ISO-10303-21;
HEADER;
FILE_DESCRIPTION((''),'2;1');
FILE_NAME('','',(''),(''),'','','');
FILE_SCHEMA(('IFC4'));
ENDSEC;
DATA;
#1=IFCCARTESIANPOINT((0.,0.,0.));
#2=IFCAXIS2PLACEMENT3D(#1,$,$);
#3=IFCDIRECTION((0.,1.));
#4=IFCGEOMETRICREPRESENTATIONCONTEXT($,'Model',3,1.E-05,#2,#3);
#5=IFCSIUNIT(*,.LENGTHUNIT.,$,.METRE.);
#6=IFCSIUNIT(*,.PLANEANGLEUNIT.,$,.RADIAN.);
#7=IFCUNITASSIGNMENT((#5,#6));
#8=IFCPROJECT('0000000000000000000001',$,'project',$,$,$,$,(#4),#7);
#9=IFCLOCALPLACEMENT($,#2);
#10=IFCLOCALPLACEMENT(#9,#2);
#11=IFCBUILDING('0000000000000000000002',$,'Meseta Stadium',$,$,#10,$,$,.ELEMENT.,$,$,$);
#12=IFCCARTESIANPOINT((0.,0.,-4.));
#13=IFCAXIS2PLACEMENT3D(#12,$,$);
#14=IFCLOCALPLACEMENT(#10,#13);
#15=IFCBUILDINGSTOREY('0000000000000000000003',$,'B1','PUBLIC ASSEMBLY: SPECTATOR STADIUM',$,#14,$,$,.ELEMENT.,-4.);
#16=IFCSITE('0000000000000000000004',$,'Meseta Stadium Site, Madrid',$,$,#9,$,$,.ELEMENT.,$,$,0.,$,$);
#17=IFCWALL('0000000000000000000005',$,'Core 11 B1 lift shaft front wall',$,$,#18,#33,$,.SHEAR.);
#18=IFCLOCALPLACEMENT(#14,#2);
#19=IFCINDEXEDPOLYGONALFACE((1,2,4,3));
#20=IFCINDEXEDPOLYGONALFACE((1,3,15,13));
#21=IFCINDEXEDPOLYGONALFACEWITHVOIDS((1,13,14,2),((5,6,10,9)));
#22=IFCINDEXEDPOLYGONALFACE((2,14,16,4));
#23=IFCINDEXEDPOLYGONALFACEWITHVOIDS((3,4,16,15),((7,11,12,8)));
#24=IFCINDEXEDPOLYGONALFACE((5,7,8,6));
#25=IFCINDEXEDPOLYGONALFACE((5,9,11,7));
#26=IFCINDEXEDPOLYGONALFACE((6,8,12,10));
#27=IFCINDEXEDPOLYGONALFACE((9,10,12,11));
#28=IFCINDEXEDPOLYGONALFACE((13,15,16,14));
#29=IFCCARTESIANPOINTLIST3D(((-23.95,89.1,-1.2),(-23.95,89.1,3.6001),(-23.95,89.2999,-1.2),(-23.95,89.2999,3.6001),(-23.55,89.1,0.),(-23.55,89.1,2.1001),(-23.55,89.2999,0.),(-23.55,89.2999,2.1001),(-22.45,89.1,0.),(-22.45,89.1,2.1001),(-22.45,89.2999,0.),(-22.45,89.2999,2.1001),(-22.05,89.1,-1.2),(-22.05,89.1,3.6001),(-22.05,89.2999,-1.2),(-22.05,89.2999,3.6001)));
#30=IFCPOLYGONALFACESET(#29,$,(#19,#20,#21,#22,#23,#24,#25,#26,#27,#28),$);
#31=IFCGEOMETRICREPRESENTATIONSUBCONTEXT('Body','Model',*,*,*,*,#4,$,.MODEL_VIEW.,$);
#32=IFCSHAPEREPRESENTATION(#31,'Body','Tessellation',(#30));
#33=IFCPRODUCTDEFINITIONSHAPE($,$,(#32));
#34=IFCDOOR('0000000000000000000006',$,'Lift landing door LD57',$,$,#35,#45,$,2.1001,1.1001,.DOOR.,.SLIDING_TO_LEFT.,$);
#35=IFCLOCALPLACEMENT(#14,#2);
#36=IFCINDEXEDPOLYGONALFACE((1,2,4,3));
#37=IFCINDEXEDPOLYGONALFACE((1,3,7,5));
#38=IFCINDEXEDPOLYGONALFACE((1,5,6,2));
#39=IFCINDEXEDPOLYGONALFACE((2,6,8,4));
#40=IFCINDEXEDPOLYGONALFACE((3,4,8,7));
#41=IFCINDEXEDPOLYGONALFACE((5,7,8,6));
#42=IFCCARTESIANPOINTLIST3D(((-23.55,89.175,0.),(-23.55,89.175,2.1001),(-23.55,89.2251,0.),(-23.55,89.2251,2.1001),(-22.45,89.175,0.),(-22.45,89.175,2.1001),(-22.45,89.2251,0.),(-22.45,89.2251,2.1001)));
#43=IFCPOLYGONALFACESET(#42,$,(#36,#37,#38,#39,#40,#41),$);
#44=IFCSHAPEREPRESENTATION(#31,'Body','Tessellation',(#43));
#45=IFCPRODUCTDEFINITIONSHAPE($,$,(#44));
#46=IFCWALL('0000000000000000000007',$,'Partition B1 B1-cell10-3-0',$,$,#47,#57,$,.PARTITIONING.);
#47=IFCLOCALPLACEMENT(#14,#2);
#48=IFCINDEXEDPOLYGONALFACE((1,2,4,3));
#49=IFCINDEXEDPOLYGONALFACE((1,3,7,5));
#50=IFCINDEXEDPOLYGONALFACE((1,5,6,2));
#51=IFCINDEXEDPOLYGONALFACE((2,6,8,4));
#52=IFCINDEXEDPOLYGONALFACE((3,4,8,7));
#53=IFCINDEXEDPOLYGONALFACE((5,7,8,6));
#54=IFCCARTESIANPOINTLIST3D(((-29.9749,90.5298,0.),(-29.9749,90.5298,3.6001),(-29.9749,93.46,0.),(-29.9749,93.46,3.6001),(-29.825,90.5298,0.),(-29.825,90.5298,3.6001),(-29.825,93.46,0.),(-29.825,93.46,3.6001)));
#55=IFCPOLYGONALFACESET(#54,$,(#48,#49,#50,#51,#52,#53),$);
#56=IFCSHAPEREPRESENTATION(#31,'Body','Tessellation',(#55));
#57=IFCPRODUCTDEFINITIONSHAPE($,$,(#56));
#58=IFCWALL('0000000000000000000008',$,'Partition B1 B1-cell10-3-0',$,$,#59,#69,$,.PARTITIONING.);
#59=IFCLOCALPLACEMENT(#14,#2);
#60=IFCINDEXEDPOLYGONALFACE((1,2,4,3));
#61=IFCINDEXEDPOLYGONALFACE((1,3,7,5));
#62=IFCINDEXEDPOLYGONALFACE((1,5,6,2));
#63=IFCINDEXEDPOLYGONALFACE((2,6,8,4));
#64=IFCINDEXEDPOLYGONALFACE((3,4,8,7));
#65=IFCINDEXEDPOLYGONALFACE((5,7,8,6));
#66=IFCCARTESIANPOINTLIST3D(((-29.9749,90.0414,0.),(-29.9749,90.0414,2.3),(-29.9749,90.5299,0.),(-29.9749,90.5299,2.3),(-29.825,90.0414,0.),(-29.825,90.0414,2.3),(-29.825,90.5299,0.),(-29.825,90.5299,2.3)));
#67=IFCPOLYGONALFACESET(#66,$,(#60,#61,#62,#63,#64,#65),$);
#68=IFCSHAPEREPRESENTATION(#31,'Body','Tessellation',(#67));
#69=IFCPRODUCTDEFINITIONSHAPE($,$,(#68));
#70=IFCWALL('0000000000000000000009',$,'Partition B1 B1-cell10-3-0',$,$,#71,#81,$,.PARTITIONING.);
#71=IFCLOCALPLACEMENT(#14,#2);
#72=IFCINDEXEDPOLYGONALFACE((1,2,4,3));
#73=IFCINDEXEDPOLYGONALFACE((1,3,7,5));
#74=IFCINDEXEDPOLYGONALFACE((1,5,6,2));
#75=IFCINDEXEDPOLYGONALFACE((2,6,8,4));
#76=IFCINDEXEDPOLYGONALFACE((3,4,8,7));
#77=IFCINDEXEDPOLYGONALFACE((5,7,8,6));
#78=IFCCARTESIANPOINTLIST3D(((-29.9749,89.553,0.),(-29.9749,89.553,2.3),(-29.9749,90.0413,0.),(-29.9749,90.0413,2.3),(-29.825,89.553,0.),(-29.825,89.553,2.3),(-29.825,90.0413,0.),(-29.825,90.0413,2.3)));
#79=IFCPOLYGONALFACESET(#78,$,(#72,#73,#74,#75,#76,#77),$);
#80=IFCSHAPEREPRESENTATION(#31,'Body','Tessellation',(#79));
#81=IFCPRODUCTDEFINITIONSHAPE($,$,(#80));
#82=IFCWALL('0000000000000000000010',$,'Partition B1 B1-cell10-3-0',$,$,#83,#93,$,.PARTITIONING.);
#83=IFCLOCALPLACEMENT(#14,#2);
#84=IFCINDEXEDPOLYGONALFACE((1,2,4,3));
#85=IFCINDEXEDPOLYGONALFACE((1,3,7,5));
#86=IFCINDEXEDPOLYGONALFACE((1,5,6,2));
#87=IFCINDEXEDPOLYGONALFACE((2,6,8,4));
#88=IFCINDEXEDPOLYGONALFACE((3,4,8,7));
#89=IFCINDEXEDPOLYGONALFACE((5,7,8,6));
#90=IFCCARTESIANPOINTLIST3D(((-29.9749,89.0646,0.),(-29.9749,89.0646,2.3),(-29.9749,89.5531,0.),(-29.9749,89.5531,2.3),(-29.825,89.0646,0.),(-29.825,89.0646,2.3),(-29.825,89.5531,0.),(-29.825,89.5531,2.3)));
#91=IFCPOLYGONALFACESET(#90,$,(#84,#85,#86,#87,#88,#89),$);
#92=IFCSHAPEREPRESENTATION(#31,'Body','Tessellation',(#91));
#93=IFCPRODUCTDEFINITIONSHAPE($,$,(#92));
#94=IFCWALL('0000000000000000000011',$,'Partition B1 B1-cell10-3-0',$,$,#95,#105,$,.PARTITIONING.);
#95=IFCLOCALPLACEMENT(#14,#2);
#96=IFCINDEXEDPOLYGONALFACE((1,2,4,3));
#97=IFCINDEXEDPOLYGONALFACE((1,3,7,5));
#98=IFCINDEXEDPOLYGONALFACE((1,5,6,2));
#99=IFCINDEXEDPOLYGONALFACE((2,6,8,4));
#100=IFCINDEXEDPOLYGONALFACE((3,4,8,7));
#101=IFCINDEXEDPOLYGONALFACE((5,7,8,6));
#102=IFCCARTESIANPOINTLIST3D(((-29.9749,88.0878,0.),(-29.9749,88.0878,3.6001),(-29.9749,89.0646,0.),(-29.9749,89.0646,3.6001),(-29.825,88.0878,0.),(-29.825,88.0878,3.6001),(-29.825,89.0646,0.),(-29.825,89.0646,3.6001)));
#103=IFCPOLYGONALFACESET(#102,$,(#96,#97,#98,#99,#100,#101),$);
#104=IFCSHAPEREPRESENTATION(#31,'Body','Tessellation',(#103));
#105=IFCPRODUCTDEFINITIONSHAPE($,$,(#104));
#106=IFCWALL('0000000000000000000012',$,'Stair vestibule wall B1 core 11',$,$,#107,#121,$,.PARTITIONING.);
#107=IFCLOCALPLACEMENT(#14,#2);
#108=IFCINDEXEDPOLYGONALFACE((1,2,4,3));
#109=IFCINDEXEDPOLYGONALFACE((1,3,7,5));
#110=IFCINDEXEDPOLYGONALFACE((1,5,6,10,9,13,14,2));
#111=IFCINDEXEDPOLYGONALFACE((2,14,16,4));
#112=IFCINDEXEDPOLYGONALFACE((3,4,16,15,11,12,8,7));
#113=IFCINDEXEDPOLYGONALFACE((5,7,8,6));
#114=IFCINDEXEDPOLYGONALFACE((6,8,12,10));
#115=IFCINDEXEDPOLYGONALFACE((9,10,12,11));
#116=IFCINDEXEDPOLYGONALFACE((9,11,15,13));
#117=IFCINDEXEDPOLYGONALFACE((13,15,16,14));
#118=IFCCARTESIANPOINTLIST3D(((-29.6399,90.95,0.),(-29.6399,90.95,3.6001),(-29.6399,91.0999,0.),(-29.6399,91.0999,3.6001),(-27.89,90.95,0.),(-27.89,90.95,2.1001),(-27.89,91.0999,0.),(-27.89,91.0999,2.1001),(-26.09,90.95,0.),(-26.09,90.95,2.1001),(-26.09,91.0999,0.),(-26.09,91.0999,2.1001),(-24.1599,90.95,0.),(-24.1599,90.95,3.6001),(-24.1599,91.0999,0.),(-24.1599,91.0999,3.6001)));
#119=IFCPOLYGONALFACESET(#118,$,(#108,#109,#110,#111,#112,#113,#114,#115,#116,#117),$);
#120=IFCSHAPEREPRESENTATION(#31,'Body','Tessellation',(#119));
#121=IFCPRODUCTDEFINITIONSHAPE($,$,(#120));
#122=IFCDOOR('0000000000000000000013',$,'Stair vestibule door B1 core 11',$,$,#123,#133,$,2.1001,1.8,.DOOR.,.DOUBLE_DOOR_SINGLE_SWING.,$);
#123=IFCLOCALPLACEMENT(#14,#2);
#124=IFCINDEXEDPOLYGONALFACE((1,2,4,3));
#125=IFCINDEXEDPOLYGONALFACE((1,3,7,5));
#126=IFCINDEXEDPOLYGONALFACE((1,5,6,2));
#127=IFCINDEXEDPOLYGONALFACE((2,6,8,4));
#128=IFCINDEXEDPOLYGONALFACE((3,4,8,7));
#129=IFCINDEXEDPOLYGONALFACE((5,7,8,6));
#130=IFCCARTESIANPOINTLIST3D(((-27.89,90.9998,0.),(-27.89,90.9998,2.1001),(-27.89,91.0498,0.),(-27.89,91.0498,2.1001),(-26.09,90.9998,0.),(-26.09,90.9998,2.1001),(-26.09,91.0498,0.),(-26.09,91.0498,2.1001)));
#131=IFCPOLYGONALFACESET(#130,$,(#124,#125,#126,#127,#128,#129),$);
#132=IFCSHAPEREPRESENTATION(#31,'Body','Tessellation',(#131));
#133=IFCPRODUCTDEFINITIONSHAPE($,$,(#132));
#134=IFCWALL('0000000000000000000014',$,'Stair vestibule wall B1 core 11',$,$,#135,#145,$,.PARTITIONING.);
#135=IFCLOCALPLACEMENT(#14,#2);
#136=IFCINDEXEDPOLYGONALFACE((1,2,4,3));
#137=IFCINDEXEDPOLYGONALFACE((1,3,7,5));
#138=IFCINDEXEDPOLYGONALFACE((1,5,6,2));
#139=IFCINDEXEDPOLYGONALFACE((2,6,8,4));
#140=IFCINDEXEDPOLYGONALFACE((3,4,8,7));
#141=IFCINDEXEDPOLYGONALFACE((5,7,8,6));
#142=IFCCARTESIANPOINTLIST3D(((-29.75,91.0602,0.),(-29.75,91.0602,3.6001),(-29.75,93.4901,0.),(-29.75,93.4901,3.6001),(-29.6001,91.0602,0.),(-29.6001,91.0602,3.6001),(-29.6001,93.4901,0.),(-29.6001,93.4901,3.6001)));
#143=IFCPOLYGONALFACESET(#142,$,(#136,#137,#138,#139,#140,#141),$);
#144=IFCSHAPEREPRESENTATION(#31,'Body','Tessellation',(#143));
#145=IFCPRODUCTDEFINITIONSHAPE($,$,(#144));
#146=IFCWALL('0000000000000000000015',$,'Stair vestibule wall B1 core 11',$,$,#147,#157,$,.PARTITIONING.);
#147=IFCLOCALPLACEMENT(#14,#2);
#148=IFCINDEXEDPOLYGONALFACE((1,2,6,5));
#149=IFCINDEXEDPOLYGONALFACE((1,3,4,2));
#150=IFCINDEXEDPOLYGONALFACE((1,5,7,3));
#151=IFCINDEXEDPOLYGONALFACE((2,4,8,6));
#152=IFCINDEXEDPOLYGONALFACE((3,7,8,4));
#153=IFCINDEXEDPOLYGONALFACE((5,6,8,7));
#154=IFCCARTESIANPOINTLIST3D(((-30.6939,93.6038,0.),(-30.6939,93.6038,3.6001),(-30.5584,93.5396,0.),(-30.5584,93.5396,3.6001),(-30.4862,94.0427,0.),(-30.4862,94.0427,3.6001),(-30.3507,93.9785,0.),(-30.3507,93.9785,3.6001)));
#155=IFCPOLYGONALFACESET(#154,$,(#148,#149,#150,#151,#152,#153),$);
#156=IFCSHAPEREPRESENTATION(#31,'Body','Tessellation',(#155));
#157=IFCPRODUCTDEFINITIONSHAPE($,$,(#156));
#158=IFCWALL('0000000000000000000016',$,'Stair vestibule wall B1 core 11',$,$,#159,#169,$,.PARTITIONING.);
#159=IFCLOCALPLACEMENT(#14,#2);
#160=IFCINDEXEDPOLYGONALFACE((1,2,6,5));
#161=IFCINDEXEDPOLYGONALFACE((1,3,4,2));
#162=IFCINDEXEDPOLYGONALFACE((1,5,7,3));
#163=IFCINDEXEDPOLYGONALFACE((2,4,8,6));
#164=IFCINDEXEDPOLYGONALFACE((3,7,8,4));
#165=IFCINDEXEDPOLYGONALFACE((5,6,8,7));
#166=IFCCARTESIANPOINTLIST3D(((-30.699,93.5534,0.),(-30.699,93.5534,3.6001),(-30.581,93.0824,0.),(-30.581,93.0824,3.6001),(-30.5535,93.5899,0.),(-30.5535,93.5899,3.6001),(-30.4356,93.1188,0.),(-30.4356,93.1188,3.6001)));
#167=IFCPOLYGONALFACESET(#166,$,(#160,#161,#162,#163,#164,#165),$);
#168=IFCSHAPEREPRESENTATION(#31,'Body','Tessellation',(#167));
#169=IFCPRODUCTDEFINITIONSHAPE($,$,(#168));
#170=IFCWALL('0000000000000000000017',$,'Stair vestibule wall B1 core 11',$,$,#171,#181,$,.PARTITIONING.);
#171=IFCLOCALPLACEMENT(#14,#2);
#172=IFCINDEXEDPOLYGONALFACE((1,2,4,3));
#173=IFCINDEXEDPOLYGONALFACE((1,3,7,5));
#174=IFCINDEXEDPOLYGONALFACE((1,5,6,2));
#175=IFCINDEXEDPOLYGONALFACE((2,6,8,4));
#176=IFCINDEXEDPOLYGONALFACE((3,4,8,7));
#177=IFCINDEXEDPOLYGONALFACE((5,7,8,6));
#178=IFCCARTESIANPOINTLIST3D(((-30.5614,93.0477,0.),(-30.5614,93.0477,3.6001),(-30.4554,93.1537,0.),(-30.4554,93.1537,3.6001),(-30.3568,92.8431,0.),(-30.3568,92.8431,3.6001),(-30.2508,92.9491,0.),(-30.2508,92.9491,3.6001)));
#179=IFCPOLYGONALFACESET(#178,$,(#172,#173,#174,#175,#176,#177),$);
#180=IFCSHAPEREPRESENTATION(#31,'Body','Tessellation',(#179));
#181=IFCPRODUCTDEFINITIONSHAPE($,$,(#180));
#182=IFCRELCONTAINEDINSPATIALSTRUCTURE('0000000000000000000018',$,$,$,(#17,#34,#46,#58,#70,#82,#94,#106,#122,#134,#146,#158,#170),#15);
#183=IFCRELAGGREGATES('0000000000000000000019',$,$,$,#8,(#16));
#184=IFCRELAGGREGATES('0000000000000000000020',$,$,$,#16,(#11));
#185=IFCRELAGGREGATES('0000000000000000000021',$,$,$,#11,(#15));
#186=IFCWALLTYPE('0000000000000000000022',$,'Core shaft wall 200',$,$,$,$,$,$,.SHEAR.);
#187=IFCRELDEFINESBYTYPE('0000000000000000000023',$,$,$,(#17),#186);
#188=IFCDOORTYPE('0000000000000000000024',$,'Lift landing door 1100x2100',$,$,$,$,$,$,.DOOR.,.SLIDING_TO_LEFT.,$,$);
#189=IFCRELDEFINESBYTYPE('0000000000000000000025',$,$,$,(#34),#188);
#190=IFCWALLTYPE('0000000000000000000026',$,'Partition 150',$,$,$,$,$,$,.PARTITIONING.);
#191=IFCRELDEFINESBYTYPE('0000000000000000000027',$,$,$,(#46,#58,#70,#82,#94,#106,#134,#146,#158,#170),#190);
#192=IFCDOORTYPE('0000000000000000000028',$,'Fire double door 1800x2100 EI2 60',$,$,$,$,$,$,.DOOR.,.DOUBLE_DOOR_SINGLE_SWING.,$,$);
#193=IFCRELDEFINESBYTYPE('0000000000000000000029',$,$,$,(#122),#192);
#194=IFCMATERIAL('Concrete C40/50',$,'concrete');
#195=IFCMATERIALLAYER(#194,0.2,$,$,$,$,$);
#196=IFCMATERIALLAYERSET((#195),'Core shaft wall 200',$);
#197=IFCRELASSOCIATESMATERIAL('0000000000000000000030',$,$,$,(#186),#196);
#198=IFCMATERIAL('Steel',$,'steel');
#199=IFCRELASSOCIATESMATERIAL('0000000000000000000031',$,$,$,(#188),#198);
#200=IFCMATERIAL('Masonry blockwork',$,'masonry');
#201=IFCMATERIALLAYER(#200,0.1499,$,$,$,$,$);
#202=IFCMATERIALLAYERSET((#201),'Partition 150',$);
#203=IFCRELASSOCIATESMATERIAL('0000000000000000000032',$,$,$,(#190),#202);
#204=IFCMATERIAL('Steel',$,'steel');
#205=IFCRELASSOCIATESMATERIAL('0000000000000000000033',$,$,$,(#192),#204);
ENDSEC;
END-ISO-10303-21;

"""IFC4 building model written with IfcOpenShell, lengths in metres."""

from ifc_helpers import new_model, si_unit, direction, frame, frame_2d, origin, place, context, subcontext, project, spatial, rectangle, extrude, material, layer, layer_set, type_object, element, fill, save


model = new_model("IFC4")

# Units and contexts
model_context = context("Model", 3, precision=1e-05, world=origin(), true_north=direction((0.0, 1.0)))
body_context = subcontext(model_context, "Body", "Model", "MODEL_VIEW")
ifc_project = project(units=[si_unit("LENGTHUNIT", "METRE"), si_unit("PLANEANGLEUNIT", "RADIAN")], contexts=[model_context])

# Site, building, storey
site_placement = place(None, origin())
site = spatial("IfcSite", under=ifc_project, at=site_placement, Name="Meseta Stadium Site, Madrid", CompositionType="ELEMENT", RefElevation=0.0)
building_placement = place(site_placement, origin())
building = spatial("IfcBuilding", under=site, at=building_placement, Name="Meseta Stadium", CompositionType="ELEMENT")
storey_placement = place(building_placement, frame((0.0, 0.0, -4.0)))
storey = spatial("IfcBuildingStorey", under=building, at=storey_placement, Name="B1", Description="PUBLIC ASSEMBLY: SPECTATOR STADIUM", CompositionType="ELEMENT", Elevation=-4.0)

# Shared definitions
ifc_material_1 = material(Name="Concrete C40/50", Category="concrete")
ifc_layer_1 = layer(ifc_material_1, 0.2)
ifc_layer_set_1 = layer_set([ifc_layer_1], Name="Core shaft wall 200")
wall_type_1 = type_object("IfcWallType", Name="Core shaft wall 200", PredefinedType="SHEAR", material=ifc_layer_set_1)

# Wall, opening, door
wall_1_placement = place(storey_placement, frame((-22.05, 89.2, -1.2), z_axis=(0.0, 0.0, 1.0), x_axis=(-1.0, 0.0, 0.0)))
wall_1 = element("IfcWall", 1, at=wall_1_placement, inside=storey, type_object=wall_type_1, Name="Core 11 B1 lift shaft front wall", PredefinedType="SHEAR", context=body_context, shape_type="SweptSolid", body=[
    extrude(rectangle(XDim=1.8999, YDim=0.2, at=frame_2d((0.95, 0.0))), origin(), (0.0, 0.0, 1.0), 4.8),
])
opening_1_placement = place(wall_1_placement, frame((0.3999, 0.0, 1.2)))
opening_1 = element("IfcOpeningElement", 2, at=opening_1_placement, cuts=wall_1, PredefinedType="OPENING", context=body_context, shape_type="SweptSolid", body=[
    extrude(rectangle(XDim=1.1001, YDim=2.1001, at=frame_2d((0.55, 1.05))), frame((0.0, 0.1099, 0.0), z_axis=(0.0, -1.0, 0.0), x_axis=(1.0, 0.0, 0.0)), (0.0, 0.0, 1.0), 0.22),
])
ifc_material_2 = material(Name="Steel", Category="steel")
door_type_1 = type_object("IfcDoorType", Name="Lift landing door 1100x2100", OperationType="SLIDING_TO_LEFT", PredefinedType="DOOR", material=ifc_material_2)
door_1_placement = place(opening_1_placement, origin())
door_1 = element("IfcDoor", 3, at=door_1_placement, inside=storey, type_object=door_type_1, Name="Lift landing door LD57", OperationType="SLIDING_TO_LEFT", OverallHeight=2.1001, OverallWidth=1.1001, PredefinedType="DOOR", context=body_context, shape_type="SweptSolid", body=[
    extrude(rectangle(XDim=1.1001, YDim=2.1001, at=frame_2d((0.55, 1.05))), frame((0.0, 0.0249, 0.0), z_axis=(0.0, -1.0, 0.0), x_axis=(1.0, 0.0, 0.0)), (0.0, 0.0, 1.0), 0.05),
])
fill(opening_1, door_1)

# Walls
ifc_material_3 = material(Name="Masonry blockwork", Category="masonry")
ifc_layer_2 = layer(ifc_material_3, 0.1499)
ifc_layer_set_2 = layer_set([ifc_layer_2], Name="Partition 150")
wall_type_2 = type_object("IfcWallType", Name="Partition 150", PredefinedType="PARTITIONING", material=ifc_layer_set_2)
wall_2_placement = place(storey_placement, frame((-29.8999, 93.46, 0.0), z_axis=(0.0, 0.0, 1.0), x_axis=(0.0, -1.0, 0.0)))
element("IfcWall", 4, at=wall_2_placement, inside=storey, type_object=wall_type_2, Name="Partition B1 B1-cell10-3-0", PredefinedType="PARTITIONING", context=body_context, shape_type="SweptSolid", body=[
    extrude(rectangle(XDim=2.9302, YDim=0.1499, at=frame_2d((1.4651, 0.0))), origin(), (0.0, 0.0, 1.0), 3.6001),
])
wall_3_placement = place(storey_placement, frame((-29.8999, 90.5298, 0.0), z_axis=(0.0, 0.0, 1.0), x_axis=(0.0, -1.0, 0.0)))
element("IfcWall", 5, at=wall_3_placement, inside=storey, type_object=wall_type_2, Name="Partition B1 B1-cell10-3-0", PredefinedType="PARTITIONING", context=body_context, shape_type="SweptSolid", body=[
    extrude(rectangle(XDim=0.4885, YDim=0.1499, at=frame_2d((0.2441, 0.0))), origin(), (0.0, 0.0, 1.0), 2.3),
])
wall_4_placement = place(storey_placement, frame((-29.8999, 90.0413, 0.0), z_axis=(0.0, 0.0, 1.0), x_axis=(0.0, -1.0, 0.0)))
element("IfcWall", 6, at=wall_4_placement, inside=storey, type_object=wall_type_2, Name="Partition B1 B1-cell10-3-0", PredefinedType="PARTITIONING", context=body_context, shape_type="SweptSolid", body=[
    extrude(rectangle(XDim=0.4883, YDim=0.1499, at=frame_2d((0.2441, 0.0))), origin(), (0.0, 0.0, 1.0), 2.3),
])
wall_5_placement = place(storey_placement, frame((-29.8999, 89.553, 0.0), z_axis=(0.0, 0.0, 1.0), x_axis=(0.0, -1.0, 0.0)))
element("IfcWall", 7, at=wall_5_placement, inside=storey, type_object=wall_type_2, Name="Partition B1 B1-cell10-3-0", PredefinedType="PARTITIONING", context=body_context, shape_type="SweptSolid", body=[
    extrude(rectangle(XDim=0.4885, YDim=0.1499, at=frame_2d((0.2441, 0.0))), origin(), (0.0, 0.0, 1.0), 2.3),
])
wall_6_placement = place(storey_placement, frame((-29.8999, 89.0645, 0.0), z_axis=(0.0, 0.0, 1.0), x_axis=(0.0, -1.0, 0.0)))
element("IfcWall", 8, at=wall_6_placement, inside=storey, type_object=wall_type_2, Name="Partition B1 B1-cell10-3-0", PredefinedType="PARTITIONING", context=body_context, shape_type="SweptSolid", body=[
    extrude(rectangle(XDim=0.9768, YDim=0.1499, at=frame_2d((0.4883, 0.0))), origin(), (0.0, 0.0, 1.0), 3.6001),
])

# Wall, opening, door
wall_7_placement = place(storey_placement, frame((-29.6399, 91.0249, 0.0), z_axis=(0.0, 0.0, 1.0), x_axis=(1.0, 0.0, 0.0)))
wall_7 = element("IfcWall", 9, at=wall_7_placement, inside=storey, type_object=wall_type_2, Name="Stair vestibule wall B1 core 11", PredefinedType="PARTITIONING", context=body_context, shape_type="SweptSolid", body=[
    extrude(rectangle(XDim=5.48, YDim=0.1499, at=frame_2d((2.74, 0.0))), origin(), (0.0, 0.0, 1.0), 3.6001),
])
opening_2_placement = place(wall_7_placement, frame((1.75, 0.0, 0.0)))
opening_2 = element("IfcOpeningElement", 10, at=opening_2_placement, cuts=wall_7, PredefinedType="OPENING", context=body_context, shape_type="SweptSolid", body=[
    extrude(rectangle(XDim=1.8, YDim=2.1001, at=frame_2d((0.8999, 1.05))), frame((0.0, 0.085, 0.0), z_axis=(0.0, -1.0, 0.0), x_axis=(1.0, 0.0, 0.0)), (0.0, 0.0, 1.0), 0.1699),
])
ifc_material_4 = material(Name="Steel", Category="steel")
door_type_2 = type_object("IfcDoorType", Name="Fire double door 1800x2100 EI2 60", OperationType="DOUBLE_DOOR_SINGLE_SWING", PredefinedType="DOOR", material=ifc_material_4)
door_2_placement = place(opening_2_placement, origin())
door_2 = element("IfcDoor", 11, at=door_2_placement, inside=storey, type_object=door_type_2, Name="Stair vestibule door B1 core 11", OperationType="DOUBLE_DOOR_SINGLE_SWING", OverallHeight=2.1001, OverallWidth=1.8, PredefinedType="DOOR", context=body_context, shape_type="SweptSolid", body=[
    extrude(rectangle(XDim=1.8, YDim=2.1001, at=frame_2d((0.8999, 1.05))), frame((0.0, 0.0249, 0.0), z_axis=(0.0, -1.0, 0.0), x_axis=(1.0, 0.0, 0.0)), (0.0, 0.0, 1.0), 0.05),
])
fill(opening_2, door_2)

# Walls
wall_8_placement = place(storey_placement, frame((-29.675, 93.49, 0.0), z_axis=(0.0, 0.0, 1.0), x_axis=(0.0, -1.0, 0.0)))
element("IfcWall", 12, at=wall_8_placement, inside=storey, type_object=wall_type_2, Name="Stair vestibule wall B1 core 11", PredefinedType="PARTITIONING", context=body_context, shape_type="SweptSolid", body=[
    extrude(rectangle(XDim=2.4299, YDim=0.1499, at=frame_2d((1.2148, 0.0))), origin(), (0.0, 0.0, 1.0), 3.6001),
])
for number, where, z_axis, x_axis, name in (
    (13, (-30.4185, 94.0105, 0.0), (0.0, 0.0, 1.0), (-0.427805, -0.903871, 0.0), "Stair vestibule wall B1 core 11"),
    (14, (-30.6262, 93.5715, 0.0), (0.0, 0.0, 1.0), (0.242891, -0.970054, 0.0), "Stair vestibule wall B1 core 11"),
):
    element("IfcWall", number, at=place(storey_placement, frame(where, z_axis=z_axis, x_axis=x_axis)), inside=storey, type_object=wall_type_2, Name=name, PredefinedType="PARTITIONING", context=body_context, shape_type="SweptSolid", body=[
        extrude(rectangle(XDim=0.4856, YDim=0.1499, at=frame_2d((0.2427, 0.0))), origin(), (0.0, 0.0, 1.0), 3.6001),
    ])
wall_9_placement = place(storey_placement, frame((-30.5083, 93.1006, 0.0), z_axis=(0.0, 0.0, 1.0), x_axis=(0.707107, -0.707107, 0.0)))
element("IfcWall", 15, at=wall_9_placement, inside=storey, type_object=wall_type_2, Name="Stair vestibule wall B1 core 11", PredefinedType="PARTITIONING", context=body_context, shape_type="SweptSolid", body=[
    extrude(rectangle(XDim=0.2893, YDim=0.1499, at=frame_2d((0.1445, 0.0))), origin(), (0.0, 0.0, 1.0), 3.6001),
])

save(model, "model.ifc")
